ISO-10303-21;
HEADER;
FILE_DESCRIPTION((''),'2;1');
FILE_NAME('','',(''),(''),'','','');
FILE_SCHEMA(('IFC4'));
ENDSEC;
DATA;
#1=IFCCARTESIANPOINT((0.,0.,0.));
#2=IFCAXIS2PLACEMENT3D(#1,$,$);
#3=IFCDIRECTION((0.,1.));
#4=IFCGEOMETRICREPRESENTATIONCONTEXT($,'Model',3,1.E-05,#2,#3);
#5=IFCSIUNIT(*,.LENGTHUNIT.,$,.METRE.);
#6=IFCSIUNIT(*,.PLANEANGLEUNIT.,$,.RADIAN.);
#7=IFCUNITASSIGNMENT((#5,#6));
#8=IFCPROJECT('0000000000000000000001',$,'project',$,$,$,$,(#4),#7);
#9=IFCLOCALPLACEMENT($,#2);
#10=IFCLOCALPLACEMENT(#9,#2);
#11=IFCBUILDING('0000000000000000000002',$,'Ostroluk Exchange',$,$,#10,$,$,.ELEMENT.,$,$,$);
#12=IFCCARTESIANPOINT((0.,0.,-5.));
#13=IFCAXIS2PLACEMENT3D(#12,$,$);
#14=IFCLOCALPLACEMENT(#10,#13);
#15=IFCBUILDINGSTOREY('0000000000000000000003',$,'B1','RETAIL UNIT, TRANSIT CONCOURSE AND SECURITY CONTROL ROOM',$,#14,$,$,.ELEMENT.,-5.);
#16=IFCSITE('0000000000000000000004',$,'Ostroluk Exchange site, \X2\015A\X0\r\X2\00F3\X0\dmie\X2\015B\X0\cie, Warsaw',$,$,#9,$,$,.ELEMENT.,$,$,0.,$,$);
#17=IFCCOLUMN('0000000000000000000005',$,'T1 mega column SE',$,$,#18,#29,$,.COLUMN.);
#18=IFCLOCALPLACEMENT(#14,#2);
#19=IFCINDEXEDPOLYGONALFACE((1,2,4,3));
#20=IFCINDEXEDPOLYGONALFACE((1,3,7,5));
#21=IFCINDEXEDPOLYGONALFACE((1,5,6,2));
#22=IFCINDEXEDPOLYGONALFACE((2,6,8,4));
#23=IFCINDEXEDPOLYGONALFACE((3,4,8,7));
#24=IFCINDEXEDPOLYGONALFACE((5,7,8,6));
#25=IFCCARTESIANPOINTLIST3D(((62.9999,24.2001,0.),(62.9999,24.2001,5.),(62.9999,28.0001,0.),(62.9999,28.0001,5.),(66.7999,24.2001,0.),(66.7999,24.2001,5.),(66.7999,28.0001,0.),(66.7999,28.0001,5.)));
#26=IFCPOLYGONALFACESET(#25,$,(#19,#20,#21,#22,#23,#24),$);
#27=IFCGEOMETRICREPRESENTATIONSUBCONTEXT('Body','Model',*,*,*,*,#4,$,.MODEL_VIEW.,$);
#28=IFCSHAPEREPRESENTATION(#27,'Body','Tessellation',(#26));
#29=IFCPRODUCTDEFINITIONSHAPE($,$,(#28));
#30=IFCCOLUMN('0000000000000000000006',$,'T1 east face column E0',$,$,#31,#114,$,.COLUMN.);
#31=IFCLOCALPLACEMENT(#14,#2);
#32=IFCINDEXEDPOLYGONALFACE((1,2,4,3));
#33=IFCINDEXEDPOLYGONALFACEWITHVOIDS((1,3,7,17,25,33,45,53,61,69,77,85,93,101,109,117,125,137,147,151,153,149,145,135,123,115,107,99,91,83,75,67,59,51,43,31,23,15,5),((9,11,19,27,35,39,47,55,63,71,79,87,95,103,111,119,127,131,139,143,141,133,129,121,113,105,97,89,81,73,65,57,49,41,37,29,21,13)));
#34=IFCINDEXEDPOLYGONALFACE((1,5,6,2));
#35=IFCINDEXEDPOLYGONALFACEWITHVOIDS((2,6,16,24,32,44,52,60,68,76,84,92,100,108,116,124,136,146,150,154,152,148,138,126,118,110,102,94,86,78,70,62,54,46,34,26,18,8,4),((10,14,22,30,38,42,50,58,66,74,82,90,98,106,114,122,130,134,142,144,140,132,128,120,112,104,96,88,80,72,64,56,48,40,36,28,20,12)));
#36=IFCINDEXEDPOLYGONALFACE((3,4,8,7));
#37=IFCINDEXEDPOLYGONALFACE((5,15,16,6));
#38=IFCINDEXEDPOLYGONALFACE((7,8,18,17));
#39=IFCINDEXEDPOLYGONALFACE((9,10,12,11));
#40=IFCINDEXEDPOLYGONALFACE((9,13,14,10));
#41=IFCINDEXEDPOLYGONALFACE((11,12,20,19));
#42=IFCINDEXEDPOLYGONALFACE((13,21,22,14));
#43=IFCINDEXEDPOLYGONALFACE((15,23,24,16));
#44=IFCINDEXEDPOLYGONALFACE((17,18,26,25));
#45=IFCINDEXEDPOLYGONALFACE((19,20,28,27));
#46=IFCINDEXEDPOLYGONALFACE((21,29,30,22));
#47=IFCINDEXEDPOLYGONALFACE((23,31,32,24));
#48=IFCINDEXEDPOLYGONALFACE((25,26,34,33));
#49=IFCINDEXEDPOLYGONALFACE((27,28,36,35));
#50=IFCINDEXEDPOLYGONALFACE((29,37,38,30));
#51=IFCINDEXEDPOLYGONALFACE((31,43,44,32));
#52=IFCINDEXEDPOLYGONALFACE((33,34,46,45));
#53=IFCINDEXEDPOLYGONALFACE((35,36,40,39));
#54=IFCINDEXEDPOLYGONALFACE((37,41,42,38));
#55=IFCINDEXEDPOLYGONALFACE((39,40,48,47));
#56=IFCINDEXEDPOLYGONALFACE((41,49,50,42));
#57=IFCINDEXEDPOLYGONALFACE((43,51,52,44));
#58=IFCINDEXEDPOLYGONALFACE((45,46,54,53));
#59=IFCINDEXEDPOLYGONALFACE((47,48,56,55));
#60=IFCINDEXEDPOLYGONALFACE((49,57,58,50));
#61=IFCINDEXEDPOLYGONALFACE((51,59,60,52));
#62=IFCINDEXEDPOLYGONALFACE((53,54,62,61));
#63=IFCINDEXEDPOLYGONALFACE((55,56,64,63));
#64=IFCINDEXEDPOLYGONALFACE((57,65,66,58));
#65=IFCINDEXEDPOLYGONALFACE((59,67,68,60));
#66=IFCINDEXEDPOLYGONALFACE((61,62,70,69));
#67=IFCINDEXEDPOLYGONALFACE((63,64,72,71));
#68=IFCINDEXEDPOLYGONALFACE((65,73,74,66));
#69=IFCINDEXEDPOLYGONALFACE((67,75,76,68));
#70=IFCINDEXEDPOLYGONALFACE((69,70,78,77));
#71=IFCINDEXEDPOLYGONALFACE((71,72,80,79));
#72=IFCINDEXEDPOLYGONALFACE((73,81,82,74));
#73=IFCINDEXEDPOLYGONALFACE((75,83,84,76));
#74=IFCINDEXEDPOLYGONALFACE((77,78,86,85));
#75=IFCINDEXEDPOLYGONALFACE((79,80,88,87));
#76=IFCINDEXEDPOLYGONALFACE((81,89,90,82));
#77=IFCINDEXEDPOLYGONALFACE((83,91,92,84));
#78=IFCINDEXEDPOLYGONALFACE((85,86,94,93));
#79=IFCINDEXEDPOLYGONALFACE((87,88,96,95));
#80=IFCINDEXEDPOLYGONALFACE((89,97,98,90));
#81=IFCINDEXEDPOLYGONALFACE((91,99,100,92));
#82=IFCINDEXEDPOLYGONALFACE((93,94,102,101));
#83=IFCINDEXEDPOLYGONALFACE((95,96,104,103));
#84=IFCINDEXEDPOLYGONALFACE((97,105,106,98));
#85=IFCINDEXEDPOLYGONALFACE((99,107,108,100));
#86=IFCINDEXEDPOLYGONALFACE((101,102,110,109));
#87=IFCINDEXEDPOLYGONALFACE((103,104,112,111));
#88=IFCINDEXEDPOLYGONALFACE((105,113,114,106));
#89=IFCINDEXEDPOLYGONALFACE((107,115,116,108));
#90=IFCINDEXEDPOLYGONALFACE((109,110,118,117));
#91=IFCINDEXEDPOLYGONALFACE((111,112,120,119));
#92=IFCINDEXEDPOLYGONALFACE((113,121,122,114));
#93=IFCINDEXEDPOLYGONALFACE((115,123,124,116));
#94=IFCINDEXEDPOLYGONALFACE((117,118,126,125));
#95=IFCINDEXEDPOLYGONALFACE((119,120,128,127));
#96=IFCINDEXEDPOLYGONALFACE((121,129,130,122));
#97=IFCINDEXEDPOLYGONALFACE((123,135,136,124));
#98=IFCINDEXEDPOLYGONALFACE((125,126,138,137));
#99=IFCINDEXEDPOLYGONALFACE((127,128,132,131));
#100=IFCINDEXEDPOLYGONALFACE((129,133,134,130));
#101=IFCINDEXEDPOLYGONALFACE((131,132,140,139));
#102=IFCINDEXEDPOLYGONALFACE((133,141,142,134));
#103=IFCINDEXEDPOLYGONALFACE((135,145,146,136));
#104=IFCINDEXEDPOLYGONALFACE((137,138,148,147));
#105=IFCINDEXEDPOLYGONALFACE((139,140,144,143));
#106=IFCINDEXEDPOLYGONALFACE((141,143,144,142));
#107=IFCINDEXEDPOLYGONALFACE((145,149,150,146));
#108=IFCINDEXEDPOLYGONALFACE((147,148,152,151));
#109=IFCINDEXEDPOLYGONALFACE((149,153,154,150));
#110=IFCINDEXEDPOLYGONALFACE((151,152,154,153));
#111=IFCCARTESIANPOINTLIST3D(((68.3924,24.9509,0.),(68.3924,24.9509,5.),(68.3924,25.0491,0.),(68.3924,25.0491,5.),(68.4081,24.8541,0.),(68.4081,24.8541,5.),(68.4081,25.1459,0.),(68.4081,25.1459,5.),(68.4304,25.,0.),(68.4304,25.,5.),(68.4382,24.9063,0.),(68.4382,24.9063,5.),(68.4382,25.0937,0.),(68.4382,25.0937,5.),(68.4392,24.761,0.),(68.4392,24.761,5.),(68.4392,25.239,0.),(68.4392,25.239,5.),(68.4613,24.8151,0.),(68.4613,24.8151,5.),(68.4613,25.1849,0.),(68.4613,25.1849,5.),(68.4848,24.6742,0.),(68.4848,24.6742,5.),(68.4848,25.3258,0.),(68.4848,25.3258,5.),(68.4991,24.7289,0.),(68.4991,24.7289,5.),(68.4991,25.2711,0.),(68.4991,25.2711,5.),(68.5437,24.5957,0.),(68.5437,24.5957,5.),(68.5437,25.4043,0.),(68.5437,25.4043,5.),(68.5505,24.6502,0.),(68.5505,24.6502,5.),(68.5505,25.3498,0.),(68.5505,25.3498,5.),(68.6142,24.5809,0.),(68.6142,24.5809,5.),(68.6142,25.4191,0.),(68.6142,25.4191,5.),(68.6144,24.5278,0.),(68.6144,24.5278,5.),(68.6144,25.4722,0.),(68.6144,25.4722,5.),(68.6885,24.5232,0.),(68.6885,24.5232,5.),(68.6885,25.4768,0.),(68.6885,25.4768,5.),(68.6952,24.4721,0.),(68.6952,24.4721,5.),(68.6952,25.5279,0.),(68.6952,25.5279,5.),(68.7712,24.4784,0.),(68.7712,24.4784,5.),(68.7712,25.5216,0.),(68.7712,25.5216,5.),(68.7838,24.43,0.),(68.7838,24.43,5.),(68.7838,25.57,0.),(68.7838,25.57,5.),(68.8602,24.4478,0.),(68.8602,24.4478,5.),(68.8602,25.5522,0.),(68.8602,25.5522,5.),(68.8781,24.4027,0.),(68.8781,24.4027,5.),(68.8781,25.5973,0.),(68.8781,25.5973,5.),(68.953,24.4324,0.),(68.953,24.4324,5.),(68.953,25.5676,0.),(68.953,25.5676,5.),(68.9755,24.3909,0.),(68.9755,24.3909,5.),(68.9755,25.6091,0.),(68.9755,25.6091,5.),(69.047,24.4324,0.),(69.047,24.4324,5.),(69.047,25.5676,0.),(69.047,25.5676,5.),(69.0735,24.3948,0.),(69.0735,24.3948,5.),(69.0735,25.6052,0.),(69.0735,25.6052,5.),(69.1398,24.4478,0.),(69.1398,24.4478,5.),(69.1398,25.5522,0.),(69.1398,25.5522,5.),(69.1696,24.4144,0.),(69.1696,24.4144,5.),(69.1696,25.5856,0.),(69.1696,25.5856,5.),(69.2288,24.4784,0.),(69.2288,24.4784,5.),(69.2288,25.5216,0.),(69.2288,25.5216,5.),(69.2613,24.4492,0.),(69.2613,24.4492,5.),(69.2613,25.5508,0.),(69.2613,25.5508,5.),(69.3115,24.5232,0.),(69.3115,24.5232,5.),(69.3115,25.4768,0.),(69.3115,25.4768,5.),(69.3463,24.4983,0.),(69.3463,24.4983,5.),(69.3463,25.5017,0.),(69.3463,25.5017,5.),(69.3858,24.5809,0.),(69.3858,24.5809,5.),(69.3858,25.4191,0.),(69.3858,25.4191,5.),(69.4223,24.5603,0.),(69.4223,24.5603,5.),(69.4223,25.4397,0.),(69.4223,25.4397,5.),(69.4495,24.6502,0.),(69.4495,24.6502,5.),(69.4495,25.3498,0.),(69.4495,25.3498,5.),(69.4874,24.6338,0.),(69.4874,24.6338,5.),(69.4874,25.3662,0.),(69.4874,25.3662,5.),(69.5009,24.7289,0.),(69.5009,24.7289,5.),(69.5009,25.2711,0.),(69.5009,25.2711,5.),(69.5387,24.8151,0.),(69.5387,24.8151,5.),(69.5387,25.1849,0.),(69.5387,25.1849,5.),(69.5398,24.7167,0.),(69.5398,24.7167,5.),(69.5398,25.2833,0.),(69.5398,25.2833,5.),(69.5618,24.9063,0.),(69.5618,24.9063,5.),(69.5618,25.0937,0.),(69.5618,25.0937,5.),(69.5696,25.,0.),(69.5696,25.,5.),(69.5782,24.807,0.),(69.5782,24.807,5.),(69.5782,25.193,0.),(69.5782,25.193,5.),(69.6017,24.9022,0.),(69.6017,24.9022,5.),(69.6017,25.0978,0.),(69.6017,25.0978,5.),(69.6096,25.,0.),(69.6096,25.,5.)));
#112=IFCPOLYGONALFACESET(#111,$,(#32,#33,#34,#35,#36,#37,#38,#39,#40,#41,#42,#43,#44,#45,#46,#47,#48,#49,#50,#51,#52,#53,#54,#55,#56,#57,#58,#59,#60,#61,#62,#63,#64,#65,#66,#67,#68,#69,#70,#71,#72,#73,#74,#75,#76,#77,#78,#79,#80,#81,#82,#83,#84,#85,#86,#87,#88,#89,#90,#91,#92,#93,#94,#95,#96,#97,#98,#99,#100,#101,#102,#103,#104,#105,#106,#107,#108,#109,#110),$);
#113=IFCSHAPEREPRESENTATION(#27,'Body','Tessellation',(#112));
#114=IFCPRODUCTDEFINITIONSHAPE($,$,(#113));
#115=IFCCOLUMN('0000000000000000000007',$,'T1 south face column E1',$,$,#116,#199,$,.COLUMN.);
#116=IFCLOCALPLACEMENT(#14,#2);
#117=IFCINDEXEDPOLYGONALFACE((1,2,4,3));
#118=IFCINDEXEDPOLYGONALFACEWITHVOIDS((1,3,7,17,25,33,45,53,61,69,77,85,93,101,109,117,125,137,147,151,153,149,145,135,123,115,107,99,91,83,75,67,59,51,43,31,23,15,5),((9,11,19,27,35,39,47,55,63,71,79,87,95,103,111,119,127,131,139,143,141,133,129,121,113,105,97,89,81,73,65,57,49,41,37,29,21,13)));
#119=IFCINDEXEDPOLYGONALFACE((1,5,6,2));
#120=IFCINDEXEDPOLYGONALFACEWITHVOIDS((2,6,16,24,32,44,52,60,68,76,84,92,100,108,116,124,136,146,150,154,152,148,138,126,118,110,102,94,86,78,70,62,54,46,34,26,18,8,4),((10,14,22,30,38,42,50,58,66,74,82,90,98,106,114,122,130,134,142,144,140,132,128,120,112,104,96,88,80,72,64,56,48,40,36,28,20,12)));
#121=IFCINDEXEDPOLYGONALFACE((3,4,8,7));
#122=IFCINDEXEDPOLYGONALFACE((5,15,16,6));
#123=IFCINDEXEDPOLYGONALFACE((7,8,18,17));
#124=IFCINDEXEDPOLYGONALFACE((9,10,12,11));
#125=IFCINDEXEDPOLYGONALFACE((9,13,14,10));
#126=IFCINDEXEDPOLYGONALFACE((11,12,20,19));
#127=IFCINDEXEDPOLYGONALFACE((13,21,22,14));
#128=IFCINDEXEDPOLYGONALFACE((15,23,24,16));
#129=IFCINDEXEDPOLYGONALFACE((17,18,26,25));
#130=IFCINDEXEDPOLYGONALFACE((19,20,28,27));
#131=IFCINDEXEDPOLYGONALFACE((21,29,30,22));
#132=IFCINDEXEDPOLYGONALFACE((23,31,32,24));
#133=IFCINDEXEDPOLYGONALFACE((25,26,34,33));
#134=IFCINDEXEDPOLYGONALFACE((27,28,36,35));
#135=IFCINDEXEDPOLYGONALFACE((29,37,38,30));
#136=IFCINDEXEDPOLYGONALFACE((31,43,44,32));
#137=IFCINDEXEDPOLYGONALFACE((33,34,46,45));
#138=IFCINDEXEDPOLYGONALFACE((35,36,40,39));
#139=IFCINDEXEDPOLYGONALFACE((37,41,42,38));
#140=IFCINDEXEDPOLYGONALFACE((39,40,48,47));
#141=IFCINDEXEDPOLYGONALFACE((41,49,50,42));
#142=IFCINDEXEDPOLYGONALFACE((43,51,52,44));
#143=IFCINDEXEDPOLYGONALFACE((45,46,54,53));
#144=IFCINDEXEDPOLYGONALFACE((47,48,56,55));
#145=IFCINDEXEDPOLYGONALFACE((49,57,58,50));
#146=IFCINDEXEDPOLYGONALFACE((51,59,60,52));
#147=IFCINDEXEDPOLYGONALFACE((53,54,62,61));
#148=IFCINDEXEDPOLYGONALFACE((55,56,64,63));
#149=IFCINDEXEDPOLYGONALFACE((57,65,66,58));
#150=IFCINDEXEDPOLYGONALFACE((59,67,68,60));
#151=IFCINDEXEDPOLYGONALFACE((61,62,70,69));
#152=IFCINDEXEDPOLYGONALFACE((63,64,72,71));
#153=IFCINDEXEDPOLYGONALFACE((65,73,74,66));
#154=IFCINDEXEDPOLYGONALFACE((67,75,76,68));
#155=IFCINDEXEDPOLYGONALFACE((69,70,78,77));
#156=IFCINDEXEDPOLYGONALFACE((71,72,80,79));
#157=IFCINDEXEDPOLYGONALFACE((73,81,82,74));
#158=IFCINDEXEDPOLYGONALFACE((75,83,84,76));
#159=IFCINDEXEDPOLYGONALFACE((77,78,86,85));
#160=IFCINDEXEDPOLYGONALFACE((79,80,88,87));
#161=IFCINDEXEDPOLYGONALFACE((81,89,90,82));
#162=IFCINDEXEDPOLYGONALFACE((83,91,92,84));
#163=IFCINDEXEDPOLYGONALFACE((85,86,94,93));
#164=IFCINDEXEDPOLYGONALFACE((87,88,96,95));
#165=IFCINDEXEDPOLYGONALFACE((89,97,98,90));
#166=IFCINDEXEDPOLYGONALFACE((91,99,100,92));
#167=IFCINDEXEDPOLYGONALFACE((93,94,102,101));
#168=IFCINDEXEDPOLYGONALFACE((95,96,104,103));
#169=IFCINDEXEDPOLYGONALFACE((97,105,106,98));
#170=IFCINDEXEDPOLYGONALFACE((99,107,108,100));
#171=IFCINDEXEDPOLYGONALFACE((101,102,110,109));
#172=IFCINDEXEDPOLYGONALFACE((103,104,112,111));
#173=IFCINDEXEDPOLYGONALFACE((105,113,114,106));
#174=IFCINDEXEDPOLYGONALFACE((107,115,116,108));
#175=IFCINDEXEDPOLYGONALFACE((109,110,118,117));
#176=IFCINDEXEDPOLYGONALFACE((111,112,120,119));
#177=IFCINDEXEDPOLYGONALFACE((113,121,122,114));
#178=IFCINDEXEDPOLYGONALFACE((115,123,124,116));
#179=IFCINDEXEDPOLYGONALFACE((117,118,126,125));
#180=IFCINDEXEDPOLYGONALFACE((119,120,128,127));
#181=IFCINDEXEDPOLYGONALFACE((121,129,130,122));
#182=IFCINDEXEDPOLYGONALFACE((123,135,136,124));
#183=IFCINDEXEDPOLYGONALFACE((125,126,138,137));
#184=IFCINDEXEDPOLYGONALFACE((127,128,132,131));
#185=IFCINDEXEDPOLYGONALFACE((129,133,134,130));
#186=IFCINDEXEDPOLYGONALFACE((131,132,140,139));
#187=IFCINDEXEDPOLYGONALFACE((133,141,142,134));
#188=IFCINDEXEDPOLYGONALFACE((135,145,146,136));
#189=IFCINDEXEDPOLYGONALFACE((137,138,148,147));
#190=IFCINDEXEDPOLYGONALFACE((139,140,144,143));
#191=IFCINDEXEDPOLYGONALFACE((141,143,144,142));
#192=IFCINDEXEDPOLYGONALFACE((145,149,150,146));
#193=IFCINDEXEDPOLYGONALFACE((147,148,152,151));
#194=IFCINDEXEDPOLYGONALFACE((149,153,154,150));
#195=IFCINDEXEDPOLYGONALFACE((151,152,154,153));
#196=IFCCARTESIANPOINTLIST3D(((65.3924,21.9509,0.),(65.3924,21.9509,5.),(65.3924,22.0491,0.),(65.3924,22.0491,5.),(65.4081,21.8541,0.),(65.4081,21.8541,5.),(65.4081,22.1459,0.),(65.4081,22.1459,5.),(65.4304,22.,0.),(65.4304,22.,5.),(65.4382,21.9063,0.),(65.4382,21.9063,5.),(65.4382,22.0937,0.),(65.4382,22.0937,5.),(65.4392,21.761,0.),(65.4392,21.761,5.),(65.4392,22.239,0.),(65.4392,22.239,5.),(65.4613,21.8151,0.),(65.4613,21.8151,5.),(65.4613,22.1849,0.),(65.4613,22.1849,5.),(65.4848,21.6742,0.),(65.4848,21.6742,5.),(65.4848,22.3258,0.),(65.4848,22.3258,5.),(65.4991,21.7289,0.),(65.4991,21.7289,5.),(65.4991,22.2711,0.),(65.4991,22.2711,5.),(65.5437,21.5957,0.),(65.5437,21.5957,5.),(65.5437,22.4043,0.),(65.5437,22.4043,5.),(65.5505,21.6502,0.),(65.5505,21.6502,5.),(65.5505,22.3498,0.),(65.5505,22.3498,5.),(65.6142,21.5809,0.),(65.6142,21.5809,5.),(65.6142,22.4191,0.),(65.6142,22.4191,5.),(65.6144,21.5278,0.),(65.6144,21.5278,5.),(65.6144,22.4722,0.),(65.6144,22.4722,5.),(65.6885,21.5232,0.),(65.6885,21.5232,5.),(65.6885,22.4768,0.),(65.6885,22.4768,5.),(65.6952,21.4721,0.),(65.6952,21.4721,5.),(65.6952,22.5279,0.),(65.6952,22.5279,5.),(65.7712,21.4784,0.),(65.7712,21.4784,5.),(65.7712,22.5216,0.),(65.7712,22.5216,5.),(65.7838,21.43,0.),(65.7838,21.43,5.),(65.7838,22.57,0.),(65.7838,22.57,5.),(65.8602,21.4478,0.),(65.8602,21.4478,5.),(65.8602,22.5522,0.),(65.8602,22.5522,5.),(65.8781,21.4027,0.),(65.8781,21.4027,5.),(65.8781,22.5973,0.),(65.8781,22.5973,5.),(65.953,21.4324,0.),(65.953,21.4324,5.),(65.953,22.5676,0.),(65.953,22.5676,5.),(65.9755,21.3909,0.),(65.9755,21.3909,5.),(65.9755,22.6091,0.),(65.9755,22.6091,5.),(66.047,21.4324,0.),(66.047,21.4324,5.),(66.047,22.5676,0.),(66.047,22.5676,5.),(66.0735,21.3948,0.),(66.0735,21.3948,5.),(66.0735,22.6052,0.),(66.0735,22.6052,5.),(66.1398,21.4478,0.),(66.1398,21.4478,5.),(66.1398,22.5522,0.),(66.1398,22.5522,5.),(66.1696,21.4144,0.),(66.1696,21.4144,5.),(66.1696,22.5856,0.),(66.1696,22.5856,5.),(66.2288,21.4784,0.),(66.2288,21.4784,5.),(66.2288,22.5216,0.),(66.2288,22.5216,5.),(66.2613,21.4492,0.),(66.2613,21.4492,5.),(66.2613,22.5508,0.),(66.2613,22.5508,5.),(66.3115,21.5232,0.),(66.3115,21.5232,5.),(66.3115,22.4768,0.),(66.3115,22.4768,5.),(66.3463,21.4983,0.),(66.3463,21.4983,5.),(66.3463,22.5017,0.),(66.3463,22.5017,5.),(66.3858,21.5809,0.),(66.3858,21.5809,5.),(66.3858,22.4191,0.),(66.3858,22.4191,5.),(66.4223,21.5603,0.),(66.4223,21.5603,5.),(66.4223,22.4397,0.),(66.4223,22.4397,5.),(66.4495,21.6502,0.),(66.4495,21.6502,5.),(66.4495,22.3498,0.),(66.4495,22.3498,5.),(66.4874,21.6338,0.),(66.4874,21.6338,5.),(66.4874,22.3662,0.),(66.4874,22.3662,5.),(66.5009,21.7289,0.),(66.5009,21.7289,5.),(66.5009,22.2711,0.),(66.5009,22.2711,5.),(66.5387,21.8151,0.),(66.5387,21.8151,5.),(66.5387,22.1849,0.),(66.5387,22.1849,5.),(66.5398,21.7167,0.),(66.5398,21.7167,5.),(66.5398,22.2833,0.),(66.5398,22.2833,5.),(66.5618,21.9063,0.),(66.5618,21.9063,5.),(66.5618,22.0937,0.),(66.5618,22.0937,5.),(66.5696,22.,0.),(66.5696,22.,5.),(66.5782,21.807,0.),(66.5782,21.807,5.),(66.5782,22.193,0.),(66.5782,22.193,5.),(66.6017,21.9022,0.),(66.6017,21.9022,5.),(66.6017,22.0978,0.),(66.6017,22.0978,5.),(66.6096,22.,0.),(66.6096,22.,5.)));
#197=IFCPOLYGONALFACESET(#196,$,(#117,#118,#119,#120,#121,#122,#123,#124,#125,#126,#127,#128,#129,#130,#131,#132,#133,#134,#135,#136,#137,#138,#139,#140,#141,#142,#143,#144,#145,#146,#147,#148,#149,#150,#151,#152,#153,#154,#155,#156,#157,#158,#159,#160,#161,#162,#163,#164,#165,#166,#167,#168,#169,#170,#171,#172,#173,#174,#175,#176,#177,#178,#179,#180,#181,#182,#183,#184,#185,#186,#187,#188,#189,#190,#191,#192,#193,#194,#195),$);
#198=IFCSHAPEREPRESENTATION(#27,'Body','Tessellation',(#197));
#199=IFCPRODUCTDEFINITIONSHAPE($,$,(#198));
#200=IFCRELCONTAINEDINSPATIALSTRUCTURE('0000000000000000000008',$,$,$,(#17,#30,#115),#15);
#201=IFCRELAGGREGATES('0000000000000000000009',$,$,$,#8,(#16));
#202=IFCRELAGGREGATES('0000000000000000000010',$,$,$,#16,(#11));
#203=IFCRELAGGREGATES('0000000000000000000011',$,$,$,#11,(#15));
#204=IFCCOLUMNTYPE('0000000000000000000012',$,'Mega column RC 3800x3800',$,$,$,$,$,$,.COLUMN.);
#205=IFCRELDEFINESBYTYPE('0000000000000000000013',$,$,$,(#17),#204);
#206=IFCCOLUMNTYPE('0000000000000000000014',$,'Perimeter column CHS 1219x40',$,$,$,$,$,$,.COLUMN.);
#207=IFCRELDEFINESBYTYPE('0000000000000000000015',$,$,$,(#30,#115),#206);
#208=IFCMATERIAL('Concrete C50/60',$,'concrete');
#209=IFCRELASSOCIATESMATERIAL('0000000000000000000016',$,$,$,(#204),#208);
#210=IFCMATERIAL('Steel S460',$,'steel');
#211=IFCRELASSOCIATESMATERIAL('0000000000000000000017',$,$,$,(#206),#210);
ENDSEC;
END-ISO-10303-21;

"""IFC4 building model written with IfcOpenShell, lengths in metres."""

from ifc_helpers import new_model, si_unit, direction, frame, origin, origin_2d, place, context, subcontext, project, spatial, rectangle, hollow_circle, extrude, material, material_profile, profile_set, type_object, element, save


model = new_model("IFC4")

# Units and contexts
model_context = context("Model", 3, precision=1e-05, world=origin(), true_north=direction((0.0, 1.0)))
body_context = subcontext(model_context, "Body", "Model", "MODEL_VIEW")
ifc_project = project(units=[si_unit("LENGTHUNIT", "METRE"), si_unit("PLANEANGLEUNIT", "RADIAN")], contexts=[model_context])

# Site, building, storey
site_placement = place(None, origin())
site = spatial("IfcSite", under=ifc_project, at=site_placement, Name="Ostroluk Exchange site, Śródmieście, Warsaw", CompositionType="ELEMENT", RefElevation=0.0)
building_placement = place(site_placement, origin())
building = spatial("IfcBuilding", under=site, at=building_placement, Name="Ostroluk Exchange", CompositionType="ELEMENT")
storey_placement = place(building_placement, frame((0.0, 0.0, -5.0)))
storey = spatial("IfcBuildingStorey", under=building, at=storey_placement, Name="B1", Description="RETAIL UNIT, TRANSIT CONCOURSE AND SECURITY CONTROL ROOM", CompositionType="ELEMENT", Elevation=-5.0)

# Columns
ifc_material_1 = material(Name="Concrete C50/60", Category="concrete")
ifc_material_profile_1 = material_profile(ifc_material_1, rectangle(XDim=3.8, YDim=3.8, at=origin_2d()), Name="RC 3800x3800")
ifc_profile_set_1 = profile_set([ifc_material_profile_1], Name="Concrete C50/60")
column_type_1 = type_object("IfcColumnType", Name="Mega column RC 3800x3800", PredefinedType="COLUMN", material=ifc_profile_set_1)
column_placement = place(storey_placement, frame((64.8999, 26.1001, 0.0), z_axis=(0.0, 0.0, 1.0), x_axis=(1.0, 0.0, 0.0)))
element("IfcColumn", 1, at=column_placement, inside=storey, type_object=column_type_1, Name="T1 mega column SE", PredefinedType="COLUMN", context=body_context, shape_type="SweptSolid", body=[
    extrude(rectangle(XDim=3.8, YDim=3.8, at=origin_2d()), origin(), (0.0, 0.0, 1.0), 5.0),
])
ifc_material_2 = material(Name="Steel S460", Category="steel")
ifc_material_profile_2 = material_profile(ifc_material_2, hollow_circle(Radius=0.6096, WallThickness=0.04, at=origin_2d()), Name="CHS 1219x40")
ifc_profile_set_2 = profile_set([ifc_material_profile_2], Name="Steel S460")
column_type_2 = type_object("IfcColumnType", Name="Perimeter column CHS 1219x40", PredefinedType="COLUMN", material=ifc_profile_set_2)
for number, where, z_axis, x_axis, name in (
    (2, (69.0, 25.0, 0.0), (0.0, 0.0, 1.0), (1.0, 0.0, 0.0), "T1 east face column E0"),
    (3, (66.0, 22.0, 0.0), (0.0, 0.0, 1.0), (1.0, 0.0, 0.0), "T1 south face column E1"),
):
    element("IfcColumn", number, at=place(storey_placement, frame(where, z_axis=z_axis, x_axis=x_axis)), inside=storey, type_object=column_type_2, Name=name, PredefinedType="COLUMN", context=body_context, shape_type="SweptSolid", body=[
        extrude(hollow_circle(Radius=0.6096, WallThickness=0.04, at=origin_2d()), origin(), (0.0, 0.0, 1.0), 5.0),
    ])

save(model, "model.ifc")
